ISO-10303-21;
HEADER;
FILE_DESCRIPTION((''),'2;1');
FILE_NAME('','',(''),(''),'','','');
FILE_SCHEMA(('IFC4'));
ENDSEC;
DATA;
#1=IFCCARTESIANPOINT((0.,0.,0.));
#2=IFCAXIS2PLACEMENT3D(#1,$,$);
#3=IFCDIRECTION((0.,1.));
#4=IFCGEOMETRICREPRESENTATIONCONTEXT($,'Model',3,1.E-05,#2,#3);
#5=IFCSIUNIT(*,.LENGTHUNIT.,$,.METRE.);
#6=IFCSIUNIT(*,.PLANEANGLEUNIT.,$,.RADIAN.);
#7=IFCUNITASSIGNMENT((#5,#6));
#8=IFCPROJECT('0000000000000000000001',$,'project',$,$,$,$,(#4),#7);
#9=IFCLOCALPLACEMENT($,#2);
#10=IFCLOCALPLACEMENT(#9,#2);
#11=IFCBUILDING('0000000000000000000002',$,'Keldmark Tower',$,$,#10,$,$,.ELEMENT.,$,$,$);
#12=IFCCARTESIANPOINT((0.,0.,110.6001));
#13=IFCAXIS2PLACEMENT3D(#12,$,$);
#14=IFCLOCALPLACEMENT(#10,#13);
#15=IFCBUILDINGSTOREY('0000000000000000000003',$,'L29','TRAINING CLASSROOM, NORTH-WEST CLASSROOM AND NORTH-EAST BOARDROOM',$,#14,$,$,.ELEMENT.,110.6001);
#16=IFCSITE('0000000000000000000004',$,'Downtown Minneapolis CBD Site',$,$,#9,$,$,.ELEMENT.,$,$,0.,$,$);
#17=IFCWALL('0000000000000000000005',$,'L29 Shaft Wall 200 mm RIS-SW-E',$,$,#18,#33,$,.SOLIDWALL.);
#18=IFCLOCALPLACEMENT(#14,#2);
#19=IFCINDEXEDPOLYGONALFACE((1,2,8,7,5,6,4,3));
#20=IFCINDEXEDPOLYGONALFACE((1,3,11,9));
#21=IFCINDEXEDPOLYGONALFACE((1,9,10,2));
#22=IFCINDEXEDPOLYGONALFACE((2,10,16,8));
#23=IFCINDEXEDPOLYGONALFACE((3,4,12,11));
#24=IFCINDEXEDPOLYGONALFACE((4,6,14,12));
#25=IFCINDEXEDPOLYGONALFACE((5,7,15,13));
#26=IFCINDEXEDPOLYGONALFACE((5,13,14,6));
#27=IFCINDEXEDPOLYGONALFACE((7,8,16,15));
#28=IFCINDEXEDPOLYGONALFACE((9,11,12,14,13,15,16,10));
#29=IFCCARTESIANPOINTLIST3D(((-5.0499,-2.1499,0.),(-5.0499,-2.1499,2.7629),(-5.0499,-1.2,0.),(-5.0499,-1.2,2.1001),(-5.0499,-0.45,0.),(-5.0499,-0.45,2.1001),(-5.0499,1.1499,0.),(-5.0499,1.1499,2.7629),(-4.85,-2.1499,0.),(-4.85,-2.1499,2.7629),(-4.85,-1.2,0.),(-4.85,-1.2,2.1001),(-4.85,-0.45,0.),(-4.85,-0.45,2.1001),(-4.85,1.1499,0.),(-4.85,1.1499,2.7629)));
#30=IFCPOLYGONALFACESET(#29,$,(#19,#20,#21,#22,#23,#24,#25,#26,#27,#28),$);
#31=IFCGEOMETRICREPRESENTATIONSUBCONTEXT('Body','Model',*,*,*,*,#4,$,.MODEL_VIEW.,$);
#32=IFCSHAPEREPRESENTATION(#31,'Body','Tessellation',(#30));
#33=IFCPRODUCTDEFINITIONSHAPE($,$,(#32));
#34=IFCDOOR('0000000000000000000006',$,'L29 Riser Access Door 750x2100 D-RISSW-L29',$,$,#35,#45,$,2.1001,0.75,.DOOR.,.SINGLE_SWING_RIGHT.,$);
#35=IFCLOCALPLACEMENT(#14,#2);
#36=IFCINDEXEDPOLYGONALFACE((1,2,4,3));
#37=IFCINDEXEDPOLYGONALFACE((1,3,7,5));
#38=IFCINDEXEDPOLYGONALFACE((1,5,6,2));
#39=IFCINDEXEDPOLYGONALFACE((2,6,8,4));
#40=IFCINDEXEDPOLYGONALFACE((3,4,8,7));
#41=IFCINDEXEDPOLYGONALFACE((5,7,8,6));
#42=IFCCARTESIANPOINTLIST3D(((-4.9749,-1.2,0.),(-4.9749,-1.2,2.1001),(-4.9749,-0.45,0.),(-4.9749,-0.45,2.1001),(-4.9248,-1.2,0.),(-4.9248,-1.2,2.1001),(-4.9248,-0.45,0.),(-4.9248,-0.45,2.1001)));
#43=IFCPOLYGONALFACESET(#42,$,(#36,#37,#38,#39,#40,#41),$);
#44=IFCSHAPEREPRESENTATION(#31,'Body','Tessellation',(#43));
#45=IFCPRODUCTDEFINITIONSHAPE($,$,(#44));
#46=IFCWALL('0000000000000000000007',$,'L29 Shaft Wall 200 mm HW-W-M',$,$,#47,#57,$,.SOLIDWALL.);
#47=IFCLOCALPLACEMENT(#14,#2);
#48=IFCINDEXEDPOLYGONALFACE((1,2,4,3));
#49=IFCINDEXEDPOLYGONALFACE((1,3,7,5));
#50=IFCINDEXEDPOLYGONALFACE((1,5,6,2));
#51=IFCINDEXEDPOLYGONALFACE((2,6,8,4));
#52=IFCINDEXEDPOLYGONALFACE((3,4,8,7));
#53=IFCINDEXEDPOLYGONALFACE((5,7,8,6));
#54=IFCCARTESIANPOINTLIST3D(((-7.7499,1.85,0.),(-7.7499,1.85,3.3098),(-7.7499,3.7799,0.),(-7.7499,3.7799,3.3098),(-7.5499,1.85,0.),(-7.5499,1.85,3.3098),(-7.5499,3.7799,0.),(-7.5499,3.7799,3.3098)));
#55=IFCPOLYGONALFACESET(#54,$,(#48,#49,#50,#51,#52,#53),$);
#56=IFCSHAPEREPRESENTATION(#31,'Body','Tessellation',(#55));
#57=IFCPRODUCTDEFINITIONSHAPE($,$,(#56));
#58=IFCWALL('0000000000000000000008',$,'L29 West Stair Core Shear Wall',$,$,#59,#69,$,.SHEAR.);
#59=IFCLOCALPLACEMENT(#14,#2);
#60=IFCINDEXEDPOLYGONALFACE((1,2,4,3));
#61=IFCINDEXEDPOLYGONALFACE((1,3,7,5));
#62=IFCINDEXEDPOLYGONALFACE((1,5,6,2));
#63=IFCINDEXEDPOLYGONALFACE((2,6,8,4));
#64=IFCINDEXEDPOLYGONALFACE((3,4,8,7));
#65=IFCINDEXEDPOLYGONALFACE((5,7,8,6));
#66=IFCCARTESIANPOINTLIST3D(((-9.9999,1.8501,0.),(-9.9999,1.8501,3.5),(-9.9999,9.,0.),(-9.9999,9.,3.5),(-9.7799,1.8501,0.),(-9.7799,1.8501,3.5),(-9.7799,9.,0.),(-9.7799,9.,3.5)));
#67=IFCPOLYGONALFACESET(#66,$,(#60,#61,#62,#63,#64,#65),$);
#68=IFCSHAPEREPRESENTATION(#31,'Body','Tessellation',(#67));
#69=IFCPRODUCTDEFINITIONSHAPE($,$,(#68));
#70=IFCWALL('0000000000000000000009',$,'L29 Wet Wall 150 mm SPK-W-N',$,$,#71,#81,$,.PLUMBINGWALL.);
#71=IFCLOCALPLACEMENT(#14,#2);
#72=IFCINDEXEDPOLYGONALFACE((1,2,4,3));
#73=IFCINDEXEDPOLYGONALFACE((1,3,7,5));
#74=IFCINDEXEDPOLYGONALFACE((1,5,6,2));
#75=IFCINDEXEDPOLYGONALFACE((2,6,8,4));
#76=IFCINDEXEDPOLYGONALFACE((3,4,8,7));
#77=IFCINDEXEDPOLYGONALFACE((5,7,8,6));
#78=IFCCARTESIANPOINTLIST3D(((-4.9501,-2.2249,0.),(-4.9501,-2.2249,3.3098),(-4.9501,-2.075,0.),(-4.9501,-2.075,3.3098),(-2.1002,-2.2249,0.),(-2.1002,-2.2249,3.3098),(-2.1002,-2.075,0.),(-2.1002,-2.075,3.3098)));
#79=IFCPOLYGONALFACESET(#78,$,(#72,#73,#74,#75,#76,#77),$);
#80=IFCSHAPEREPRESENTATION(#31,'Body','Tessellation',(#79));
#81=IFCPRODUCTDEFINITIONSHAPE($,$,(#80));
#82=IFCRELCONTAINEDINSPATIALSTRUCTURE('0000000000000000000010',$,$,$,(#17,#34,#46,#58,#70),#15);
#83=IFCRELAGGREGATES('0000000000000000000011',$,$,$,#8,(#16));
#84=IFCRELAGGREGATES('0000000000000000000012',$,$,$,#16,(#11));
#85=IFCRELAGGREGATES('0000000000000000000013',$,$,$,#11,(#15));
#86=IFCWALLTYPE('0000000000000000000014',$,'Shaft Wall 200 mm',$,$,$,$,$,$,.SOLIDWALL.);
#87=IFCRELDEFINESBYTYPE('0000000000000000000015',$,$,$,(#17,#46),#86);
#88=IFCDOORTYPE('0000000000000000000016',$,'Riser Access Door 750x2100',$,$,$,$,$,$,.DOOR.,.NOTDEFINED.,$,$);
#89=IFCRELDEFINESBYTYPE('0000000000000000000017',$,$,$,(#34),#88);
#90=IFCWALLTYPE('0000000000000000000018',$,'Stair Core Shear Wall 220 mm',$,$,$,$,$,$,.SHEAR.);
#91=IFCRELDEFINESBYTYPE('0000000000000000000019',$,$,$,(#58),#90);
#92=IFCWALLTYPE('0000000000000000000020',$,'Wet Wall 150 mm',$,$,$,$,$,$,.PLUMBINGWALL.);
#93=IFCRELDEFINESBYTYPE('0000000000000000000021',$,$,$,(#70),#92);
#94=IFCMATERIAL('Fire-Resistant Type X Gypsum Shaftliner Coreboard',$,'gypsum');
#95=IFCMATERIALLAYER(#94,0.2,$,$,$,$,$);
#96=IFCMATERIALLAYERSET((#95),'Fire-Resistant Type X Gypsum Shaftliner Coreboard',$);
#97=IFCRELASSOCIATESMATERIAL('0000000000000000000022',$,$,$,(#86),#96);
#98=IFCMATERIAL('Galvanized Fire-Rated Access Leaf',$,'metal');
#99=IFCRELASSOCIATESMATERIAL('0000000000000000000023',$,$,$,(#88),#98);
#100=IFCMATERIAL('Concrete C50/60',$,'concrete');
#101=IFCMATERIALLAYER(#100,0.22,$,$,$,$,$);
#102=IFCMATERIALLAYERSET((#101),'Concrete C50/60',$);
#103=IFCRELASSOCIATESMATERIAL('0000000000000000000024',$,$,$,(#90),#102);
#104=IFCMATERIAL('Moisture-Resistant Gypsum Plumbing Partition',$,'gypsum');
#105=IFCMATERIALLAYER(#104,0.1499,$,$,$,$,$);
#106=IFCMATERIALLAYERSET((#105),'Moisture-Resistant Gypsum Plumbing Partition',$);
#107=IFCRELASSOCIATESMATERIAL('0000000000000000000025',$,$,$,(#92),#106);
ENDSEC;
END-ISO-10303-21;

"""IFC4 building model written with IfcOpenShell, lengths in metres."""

from ifc_helpers import new_model, si_unit, direction, frame, frame_2d, origin, place, context, subcontext, project, spatial, rectangle, extrude, material, layer, layer_set, type_object, element, fill, save


model = new_model("IFC4")

# Units and contexts
model_context = context("Model", 3, precision=1e-05, world=origin(), true_north=direction((0.0, 1.0)))
body_context = subcontext(model_context, "Body", "Model", "MODEL_VIEW")
ifc_project = project(units=[si_unit("LENGTHUNIT", "METRE"), si_unit("PLANEANGLEUNIT", "RADIAN")], contexts=[model_context])

# Site, building, storey
site_placement = place(None, origin())
site = spatial("IfcSite", under=ifc_project, at=site_placement, Name="Downtown Minneapolis CBD Site", CompositionType="ELEMENT", RefElevation=0.0)
building_placement = place(site_placement, origin())
building = spatial("IfcBuilding", under=site, at=building_placement, Name="Keldmark Tower", CompositionType="ELEMENT")
storey_placement = place(building_placement, frame((0.0, 0.0, 110.6001)))
storey = spatial("IfcBuildingStorey", under=building, at=storey_placement, Name="L29", Description="TRAINING CLASSROOM, NORTH-WEST CLASSROOM AND NORTH-EAST BOARDROOM", CompositionType="ELEMENT", Elevation=110.6001)

# Shared definitions
ifc_material_1 = material(Name="Fire-Resistant Type X Gypsum Shaftliner Coreboard", Category="gypsum")
ifc_layer_1 = layer(ifc_material_1, 0.2)
ifc_layer_set_1 = layer_set([ifc_layer_1], Name="Fire-Resistant Type X Gypsum Shaftliner Coreboard")
wall_type_1 = type_object("IfcWallType", Name="Shaft Wall 200 mm", PredefinedType="SOLIDWALL", material=ifc_layer_set_1)

# Wall, opening, door
wall_1_placement = place(storey_placement, frame((-4.95, -2.1499, 0.0), z_axis=(0.0, 0.0, 1.0), x_axis=(0.0, 1.0, 0.0)))
wall_1 = element("IfcWall", 1, at=wall_1_placement, inside=storey, type_object=wall_type_1, Name="L29 Shaft Wall 200 mm RIS-SW-E", PredefinedType="SOLIDWALL", context=body_context, shape_type="SweptSolid", body=[
    extrude(rectangle(XDim=3.2998, YDim=0.2, at=frame_2d((1.6499, 0.0))), origin(), (0.0, 0.0, 1.0), 2.7629),
])
opening_1_placement = place(wall_1_placement, frame((0.95, 0.0, 0.0)))
opening_1 = element("IfcOpeningElement", 2, at=opening_1_placement, cuts=wall_1, PredefinedType="OPENING", context=body_context, shape_type="SweptSolid", body=[
    extrude(rectangle(XDim=0.75, YDim=2.1001, at=frame_2d((0.375, 1.05))), frame((0.0, 0.1099, 0.0), z_axis=(0.0, -1.0, 0.0), x_axis=(1.0, 0.0, 0.0)), (0.0, 0.0, 1.0), 0.22),
])
ifc_material_2 = material(Name="Galvanized Fire-Rated Access Leaf", Category="metal")
door_type_1 = type_object("IfcDoorType", Name="Riser Access Door 750x2100", OperationType="NOTDEFINED", PredefinedType="DOOR", material=ifc_material_2)
door_1_placement = place(opening_1_placement, origin())
door_1 = element("IfcDoor", 3, at=door_1_placement, inside=storey, type_object=door_type_1, Name="L29 Riser Access Door 750x2100 D-RISSW-L29", OperationType="SINGLE_SWING_RIGHT", OverallHeight=2.1001, OverallWidth=0.75, PredefinedType="DOOR", context=body_context, shape_type="SweptSolid", body=[
    extrude(rectangle(XDim=0.75, YDim=2.1001, at=frame_2d((0.375, 1.05))), frame((0.0, 0.0249, 0.0), z_axis=(0.0, -1.0, 0.0), x_axis=(1.0, 0.0, 0.0)), (0.0, 0.0, 1.0), 0.05),
])
fill(opening_1, door_1)

# Walls
wall_2_placement = place(storey_placement, frame((-7.6499, 1.8501, 0.0), z_axis=(0.0, 0.0, 1.0), x_axis=(0.0, 1.0, 0.0)))
element("IfcWall", 4, at=wall_2_placement, inside=storey, type_object=wall_type_1, Name="L29 Shaft Wall 200 mm HW-W-M", PredefinedType="SOLIDWALL", context=body_context, shape_type="SweptSolid", body=[
    extrude(rectangle(XDim=1.9299, YDim=0.2, at=frame_2d((0.9648, 0.0))), origin(), (0.0, 0.0, 1.0), 3.3098),
])
ifc_material_3 = material(Name="Concrete C50/60", Category="concrete")
ifc_layer_2 = layer(ifc_material_3, 0.22)
ifc_layer_set_2 = layer_set([ifc_layer_2], Name="Concrete C50/60")
wall_type_2 = type_object("IfcWallType", Name="Stair Core Shear Wall 220 mm", PredefinedType="SHEAR", material=ifc_layer_set_2)
wall_3_placement = place(storey_placement, frame((-9.8899, 1.8501, 0.0), z_axis=(0.0, 0.0, 1.0), x_axis=(0.0, 1.0, 0.0)))
element("IfcWall", 5, at=wall_3_placement, inside=storey, type_object=wall_type_2, Name="L29 West Stair Core Shear Wall", PredefinedType="SHEAR", context=body_context, shape_type="SweptSolid", body=[
    extrude(rectangle(XDim=7.1499, YDim=0.22, at=frame_2d((3.575, 0.0))), origin(), (0.0, 0.0, 1.0), 3.5),
])
ifc_material_4 = material(Name="Moisture-Resistant Gypsum Plumbing Partition", Category="gypsum")
ifc_layer_3 = layer(ifc_material_4, 0.1499)
ifc_layer_set_3 = layer_set([ifc_layer_3], Name="Moisture-Resistant Gypsum Plumbing Partition")
wall_type_3 = type_object("IfcWallType", Name="Wet Wall 150 mm", PredefinedType="PLUMBINGWALL", material=ifc_layer_set_3)
wall_4_placement = place(storey_placement, frame((-4.95, -2.1499, 0.0), z_axis=(0.0, 0.0, 1.0), x_axis=(1.0, 0.0, 0.0)))
element("IfcWall", 6, at=wall_4_placement, inside=storey, type_object=wall_type_3, Name="L29 Wet Wall 150 mm SPK-W-N", PredefinedType="PLUMBINGWALL", context=body_context, shape_type="SweptSolid", body=[
    extrude(rectangle(XDim=2.8499, YDim=0.1499, at=frame_2d((1.4248, 0.0))), origin(), (0.0, 0.0, 1.0), 3.3098),
])

save(model, "model.ifc")
